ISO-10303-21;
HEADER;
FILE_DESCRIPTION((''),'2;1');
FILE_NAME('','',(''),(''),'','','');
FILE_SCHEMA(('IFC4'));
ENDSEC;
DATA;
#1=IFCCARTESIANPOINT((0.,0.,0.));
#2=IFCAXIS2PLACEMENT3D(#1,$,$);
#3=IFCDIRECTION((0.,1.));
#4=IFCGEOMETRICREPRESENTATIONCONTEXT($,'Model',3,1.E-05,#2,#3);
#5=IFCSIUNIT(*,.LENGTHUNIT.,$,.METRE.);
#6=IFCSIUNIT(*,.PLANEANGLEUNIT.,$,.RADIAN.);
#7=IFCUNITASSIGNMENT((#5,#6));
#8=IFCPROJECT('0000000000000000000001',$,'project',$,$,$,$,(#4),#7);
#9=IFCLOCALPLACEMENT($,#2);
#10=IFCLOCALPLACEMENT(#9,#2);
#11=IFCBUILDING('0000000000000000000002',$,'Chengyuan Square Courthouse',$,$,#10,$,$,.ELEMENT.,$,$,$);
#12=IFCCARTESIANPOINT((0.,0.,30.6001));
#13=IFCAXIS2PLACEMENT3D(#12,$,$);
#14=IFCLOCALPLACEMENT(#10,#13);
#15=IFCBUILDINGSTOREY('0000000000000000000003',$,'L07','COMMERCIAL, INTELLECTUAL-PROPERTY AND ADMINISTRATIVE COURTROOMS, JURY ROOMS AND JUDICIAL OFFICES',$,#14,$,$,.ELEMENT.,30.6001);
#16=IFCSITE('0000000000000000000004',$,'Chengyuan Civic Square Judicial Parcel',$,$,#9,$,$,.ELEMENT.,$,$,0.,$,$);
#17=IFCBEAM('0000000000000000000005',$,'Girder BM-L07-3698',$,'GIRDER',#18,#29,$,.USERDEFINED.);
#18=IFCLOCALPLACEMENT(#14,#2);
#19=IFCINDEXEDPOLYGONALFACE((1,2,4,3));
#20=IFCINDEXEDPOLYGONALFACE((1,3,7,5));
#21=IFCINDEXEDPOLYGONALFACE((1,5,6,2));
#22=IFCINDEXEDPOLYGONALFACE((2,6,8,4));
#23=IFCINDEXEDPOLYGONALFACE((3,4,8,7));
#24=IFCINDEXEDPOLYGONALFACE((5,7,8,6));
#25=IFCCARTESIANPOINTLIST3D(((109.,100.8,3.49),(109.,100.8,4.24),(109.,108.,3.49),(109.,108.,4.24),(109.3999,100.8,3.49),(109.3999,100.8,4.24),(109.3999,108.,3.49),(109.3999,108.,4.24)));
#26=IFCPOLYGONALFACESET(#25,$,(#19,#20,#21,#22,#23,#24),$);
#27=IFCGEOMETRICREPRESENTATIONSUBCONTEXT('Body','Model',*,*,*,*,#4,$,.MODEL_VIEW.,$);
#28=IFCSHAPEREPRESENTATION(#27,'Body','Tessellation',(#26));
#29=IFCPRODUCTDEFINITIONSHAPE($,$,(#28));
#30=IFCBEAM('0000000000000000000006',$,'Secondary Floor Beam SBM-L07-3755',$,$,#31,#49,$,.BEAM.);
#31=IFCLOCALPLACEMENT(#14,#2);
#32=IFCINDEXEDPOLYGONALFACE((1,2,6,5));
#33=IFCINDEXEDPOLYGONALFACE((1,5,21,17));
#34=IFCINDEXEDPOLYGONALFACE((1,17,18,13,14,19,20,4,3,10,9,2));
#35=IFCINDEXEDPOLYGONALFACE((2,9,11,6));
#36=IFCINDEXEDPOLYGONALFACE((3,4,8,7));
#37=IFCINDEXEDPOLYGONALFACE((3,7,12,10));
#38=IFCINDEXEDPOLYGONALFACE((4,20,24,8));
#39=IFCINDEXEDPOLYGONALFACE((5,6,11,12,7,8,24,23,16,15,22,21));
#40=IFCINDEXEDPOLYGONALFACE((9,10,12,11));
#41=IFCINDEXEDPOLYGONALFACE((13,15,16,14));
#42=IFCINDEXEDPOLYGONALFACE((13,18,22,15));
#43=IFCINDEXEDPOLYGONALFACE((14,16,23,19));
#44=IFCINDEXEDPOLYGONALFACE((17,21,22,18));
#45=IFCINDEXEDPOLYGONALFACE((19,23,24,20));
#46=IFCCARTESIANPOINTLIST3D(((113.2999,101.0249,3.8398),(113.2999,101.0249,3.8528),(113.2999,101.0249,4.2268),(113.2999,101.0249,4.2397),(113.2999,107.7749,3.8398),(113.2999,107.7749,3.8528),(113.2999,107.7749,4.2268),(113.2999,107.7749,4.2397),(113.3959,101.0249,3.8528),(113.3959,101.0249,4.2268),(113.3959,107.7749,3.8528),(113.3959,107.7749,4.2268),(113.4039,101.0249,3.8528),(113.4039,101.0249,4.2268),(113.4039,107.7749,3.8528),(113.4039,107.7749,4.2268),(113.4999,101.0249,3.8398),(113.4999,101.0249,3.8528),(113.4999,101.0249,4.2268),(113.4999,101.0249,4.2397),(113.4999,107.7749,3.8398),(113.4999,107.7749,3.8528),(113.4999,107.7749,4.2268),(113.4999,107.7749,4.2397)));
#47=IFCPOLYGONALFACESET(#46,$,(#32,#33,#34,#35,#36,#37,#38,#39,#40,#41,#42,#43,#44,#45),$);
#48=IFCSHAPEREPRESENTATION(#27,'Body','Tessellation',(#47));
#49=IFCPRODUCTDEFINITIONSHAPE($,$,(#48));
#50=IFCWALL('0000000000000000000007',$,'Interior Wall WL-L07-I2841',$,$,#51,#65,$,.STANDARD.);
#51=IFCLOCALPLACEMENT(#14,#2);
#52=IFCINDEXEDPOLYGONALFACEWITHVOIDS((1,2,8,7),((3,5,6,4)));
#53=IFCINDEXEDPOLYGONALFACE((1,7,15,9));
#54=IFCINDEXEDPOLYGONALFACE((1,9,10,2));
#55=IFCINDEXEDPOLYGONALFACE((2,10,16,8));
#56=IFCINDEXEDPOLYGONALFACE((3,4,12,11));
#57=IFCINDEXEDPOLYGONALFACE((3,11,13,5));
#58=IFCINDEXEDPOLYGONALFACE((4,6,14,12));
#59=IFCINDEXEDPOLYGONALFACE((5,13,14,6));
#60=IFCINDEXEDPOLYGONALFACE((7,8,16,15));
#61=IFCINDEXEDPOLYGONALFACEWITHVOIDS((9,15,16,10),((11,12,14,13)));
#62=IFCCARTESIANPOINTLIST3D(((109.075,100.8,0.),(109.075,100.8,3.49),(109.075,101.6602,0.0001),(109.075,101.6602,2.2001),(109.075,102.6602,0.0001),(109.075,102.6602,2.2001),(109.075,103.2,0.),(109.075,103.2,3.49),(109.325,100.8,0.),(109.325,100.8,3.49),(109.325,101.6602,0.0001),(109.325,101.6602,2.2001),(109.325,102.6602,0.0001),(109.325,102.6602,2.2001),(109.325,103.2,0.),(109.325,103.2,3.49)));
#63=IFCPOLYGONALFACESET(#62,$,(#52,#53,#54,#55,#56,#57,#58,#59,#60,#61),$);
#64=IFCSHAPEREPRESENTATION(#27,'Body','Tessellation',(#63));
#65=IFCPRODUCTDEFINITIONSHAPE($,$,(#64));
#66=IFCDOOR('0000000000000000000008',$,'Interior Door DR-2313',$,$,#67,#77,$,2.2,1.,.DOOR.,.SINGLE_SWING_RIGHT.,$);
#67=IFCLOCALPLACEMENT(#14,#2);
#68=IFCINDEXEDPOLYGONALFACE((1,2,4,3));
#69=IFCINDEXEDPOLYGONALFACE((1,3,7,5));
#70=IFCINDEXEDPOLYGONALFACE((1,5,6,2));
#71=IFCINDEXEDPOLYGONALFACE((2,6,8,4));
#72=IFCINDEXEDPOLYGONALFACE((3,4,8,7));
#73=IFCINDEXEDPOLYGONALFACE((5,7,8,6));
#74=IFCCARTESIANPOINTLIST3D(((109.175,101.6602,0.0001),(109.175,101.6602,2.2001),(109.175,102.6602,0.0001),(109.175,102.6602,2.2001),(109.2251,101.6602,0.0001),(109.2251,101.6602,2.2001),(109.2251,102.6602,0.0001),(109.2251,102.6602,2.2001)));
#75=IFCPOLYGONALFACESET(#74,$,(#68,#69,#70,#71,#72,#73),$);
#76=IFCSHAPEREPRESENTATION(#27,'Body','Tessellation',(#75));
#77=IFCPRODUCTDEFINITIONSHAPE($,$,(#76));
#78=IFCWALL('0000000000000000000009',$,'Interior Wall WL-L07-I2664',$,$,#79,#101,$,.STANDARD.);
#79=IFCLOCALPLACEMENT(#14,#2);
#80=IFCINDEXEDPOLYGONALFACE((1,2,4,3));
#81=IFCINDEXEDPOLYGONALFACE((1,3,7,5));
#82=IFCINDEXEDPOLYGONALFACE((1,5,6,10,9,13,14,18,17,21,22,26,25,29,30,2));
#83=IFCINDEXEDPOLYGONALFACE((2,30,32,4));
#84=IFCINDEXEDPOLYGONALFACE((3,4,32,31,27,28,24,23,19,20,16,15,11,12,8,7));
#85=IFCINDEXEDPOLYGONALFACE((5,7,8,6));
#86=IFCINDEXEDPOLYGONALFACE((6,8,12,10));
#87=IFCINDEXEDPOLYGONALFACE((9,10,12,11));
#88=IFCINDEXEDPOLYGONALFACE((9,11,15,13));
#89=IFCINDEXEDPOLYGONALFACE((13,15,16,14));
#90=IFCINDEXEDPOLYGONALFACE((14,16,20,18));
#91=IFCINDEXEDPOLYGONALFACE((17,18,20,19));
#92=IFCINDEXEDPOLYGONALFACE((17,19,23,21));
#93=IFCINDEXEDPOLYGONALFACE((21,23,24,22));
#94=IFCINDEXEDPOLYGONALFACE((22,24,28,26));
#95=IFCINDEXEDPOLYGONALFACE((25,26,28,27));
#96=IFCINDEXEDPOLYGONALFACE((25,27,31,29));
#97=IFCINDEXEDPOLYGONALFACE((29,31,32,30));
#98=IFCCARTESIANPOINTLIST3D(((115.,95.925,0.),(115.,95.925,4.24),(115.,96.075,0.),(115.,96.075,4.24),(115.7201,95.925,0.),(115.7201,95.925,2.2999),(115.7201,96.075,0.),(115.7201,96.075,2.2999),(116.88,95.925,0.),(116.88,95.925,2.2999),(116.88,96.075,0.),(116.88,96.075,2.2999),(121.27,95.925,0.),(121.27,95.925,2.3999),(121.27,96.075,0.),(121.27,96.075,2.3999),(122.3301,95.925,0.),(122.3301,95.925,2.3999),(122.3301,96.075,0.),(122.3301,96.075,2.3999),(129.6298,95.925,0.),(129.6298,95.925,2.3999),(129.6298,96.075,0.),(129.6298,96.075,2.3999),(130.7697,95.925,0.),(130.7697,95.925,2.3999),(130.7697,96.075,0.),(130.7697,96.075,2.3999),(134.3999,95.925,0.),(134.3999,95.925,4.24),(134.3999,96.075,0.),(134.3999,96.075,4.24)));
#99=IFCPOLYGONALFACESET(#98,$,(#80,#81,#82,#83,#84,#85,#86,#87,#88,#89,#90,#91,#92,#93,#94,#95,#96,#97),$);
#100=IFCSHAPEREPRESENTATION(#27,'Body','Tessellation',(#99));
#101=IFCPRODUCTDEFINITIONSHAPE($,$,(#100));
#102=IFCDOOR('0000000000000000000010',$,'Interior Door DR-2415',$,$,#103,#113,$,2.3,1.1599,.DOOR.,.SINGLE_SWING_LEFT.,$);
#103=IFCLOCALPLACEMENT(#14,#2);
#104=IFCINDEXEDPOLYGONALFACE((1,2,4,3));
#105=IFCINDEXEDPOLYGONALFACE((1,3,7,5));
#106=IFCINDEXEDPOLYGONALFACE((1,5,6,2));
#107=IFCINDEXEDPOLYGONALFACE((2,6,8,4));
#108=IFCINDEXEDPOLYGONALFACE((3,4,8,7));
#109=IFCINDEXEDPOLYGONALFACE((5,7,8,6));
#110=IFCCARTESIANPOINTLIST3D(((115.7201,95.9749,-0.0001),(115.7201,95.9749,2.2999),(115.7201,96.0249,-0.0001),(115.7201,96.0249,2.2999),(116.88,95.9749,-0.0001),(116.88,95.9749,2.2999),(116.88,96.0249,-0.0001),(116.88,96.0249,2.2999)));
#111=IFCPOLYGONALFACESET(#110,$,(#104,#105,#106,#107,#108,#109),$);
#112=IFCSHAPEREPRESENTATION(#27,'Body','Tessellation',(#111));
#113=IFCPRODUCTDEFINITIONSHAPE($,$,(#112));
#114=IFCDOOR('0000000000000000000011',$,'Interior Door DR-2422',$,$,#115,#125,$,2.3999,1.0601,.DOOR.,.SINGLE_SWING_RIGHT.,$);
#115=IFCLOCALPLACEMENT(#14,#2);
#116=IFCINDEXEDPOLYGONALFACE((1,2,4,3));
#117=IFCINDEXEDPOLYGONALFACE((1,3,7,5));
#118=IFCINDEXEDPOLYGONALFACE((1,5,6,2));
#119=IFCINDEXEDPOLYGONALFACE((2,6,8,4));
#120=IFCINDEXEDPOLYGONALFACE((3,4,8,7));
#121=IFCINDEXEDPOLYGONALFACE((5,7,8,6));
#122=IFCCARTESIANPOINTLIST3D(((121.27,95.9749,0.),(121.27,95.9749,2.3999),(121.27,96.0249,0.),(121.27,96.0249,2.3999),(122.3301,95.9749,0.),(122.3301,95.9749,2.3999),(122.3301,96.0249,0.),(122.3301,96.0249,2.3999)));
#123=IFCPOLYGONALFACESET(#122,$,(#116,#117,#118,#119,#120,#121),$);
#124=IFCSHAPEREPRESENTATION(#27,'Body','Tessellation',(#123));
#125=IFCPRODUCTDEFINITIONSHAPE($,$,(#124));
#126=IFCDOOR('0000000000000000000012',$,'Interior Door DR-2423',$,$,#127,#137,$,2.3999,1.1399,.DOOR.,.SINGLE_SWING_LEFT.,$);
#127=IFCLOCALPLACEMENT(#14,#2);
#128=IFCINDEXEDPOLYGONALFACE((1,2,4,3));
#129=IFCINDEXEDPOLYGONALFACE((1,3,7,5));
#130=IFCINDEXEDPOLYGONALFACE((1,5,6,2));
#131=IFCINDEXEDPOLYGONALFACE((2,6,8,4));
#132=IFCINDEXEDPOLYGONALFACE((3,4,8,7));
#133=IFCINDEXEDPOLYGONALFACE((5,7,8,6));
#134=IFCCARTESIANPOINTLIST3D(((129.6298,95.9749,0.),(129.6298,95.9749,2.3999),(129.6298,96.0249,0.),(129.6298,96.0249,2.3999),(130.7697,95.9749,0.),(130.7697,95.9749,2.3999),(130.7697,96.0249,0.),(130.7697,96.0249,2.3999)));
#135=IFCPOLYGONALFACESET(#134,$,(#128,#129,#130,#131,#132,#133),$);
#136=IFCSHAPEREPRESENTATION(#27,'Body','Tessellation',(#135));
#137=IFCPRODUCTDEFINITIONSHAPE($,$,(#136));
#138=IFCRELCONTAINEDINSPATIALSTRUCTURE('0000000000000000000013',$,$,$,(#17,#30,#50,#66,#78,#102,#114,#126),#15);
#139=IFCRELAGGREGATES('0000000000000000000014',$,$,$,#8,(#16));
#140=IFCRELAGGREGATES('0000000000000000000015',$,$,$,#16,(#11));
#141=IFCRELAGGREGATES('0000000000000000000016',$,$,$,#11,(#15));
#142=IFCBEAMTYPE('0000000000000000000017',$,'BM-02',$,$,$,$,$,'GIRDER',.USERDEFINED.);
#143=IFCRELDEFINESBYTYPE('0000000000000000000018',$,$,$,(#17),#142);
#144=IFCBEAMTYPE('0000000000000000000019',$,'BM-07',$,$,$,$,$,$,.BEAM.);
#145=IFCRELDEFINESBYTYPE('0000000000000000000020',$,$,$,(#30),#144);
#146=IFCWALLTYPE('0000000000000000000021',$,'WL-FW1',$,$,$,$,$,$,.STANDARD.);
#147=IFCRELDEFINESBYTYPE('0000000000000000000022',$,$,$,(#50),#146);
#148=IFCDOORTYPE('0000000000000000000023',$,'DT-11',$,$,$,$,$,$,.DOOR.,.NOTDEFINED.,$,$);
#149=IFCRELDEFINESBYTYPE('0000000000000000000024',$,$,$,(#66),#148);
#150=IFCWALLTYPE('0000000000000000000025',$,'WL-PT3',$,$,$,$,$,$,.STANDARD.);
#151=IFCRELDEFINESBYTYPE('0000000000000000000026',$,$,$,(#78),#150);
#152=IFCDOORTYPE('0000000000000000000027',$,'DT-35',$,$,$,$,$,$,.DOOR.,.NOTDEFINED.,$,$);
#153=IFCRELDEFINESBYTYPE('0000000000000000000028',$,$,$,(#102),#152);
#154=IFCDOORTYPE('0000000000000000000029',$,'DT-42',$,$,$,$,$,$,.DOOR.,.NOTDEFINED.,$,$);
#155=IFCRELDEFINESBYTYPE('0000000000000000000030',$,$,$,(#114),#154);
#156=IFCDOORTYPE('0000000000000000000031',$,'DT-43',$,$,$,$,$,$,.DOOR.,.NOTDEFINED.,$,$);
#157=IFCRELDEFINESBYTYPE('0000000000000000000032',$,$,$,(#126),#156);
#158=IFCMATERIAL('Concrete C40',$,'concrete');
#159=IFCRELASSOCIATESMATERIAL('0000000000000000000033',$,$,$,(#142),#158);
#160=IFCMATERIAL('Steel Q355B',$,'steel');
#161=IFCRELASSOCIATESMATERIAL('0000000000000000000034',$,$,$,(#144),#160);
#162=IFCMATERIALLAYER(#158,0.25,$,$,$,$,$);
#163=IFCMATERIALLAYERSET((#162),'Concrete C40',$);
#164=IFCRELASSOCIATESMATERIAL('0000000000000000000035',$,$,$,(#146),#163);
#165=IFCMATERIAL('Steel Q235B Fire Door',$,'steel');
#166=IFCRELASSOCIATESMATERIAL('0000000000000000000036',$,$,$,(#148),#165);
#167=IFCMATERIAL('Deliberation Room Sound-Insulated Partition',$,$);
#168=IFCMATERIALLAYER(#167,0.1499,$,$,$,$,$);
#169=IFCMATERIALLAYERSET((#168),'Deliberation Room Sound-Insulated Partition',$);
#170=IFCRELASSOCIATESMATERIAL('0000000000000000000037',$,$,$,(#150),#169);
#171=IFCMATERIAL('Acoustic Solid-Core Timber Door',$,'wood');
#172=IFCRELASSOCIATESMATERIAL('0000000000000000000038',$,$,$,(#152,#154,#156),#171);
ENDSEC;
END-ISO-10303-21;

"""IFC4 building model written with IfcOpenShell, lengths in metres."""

from ifc_helpers import new_model, si_unit, direction, frame, frame_2d, origin, origin_2d, place, context, subcontext, project, spatial, rectangle, i_section, extrude, material, layer, layer_set, material_profile, profile_set, type_object, element, fill, save


model = new_model("IFC4")

# Units and contexts
model_context = context("Model", 3, precision=1e-05, world=origin(), true_north=direction((0.0, 1.0)))
body_context = subcontext(model_context, "Body", "Model", "MODEL_VIEW")
ifc_project = project(units=[si_unit("LENGTHUNIT", "METRE"), si_unit("PLANEANGLEUNIT", "RADIAN")], contexts=[model_context])

# Site, building, storey
site_placement = place(None, origin())
site = spatial("IfcSite", under=ifc_project, at=site_placement, Name="Chengyuan Civic Square Judicial Parcel", CompositionType="ELEMENT", RefElevation=0.0)
building_placement = place(site_placement, origin())
building = spatial("IfcBuilding", under=site, at=building_placement, Name="Chengyuan Square Courthouse", CompositionType="ELEMENT")
storey_placement = place(building_placement, frame((0.0, 0.0, 30.6001)))
storey = spatial("IfcBuildingStorey", under=building, at=storey_placement, Name="L07", Description="COMMERCIAL, INTELLECTUAL-PROPERTY AND ADMINISTRATIVE COURTROOMS, JURY ROOMS AND JUDICIAL OFFICES", CompositionType="ELEMENT", Elevation=30.6001)

# Beams
ifc_material_1 = material(Name="Concrete C40", Category="concrete")
ifc_material_profile_1 = material_profile(ifc_material_1, rectangle(XDim=0.3999, YDim=0.75, at=origin_2d()), Name="RC-BM-400x750")
ifc_profile_set_1 = profile_set([ifc_material_profile_1], Name="Concrete C40")
beam_type_1 = type_object("IfcBeamType", Name="BM-02", ElementType="GIRDER", PredefinedType="USERDEFINED", material=ifc_profile_set_1)
beam_1_placement = place(storey_placement, frame((109.2, 100.8, 3.865), z_axis=(0.0, 1.0, 0.0), x_axis=(-1.0, 0.0, 0.0)))
element("IfcBeam", 1, at=beam_1_placement, inside=storey, type_object=beam_type_1, Name="Girder BM-L07-3698", ObjectType="GIRDER", PredefinedType="USERDEFINED", context=body_context, shape_type="SweptSolid", body=[
    extrude(rectangle(XDim=0.3999, YDim=0.75, at=origin_2d()), origin(), (0.0, 0.0, 1.0), 7.2),
])
ifc_material_2 = material(Name="Steel Q355B", Category="steel")
ifc_material_profile_2 = material_profile(ifc_material_2, i_section(OverallWidth=0.2, OverallDepth=0.3999, WebThickness=0.0081, FlangeThickness=0.0129, at=origin_2d()), Name="HN 400x200x8x13")
ifc_profile_set_2 = profile_set([ifc_material_profile_2], Name="Steel Q355B")
beam_type_2 = type_object("IfcBeamType", Name="BM-07", PredefinedType="BEAM", material=ifc_profile_set_2)
beam_2_placement = place(storey_placement, frame((113.3999, 101.0249, 4.0398), z_axis=(0.0, 1.0, 0.0), x_axis=(-1.0, 0.0, 0.0)))
element("IfcBeam", 2, at=beam_2_placement, inside=storey, type_object=beam_type_2, Name="Secondary Floor Beam SBM-L07-3755", PredefinedType="BEAM", context=body_context, shape_type="SweptSolid", body=[
    extrude(i_section(OverallWidth=0.2, OverallDepth=0.3999, WebThickness=0.0081, FlangeThickness=0.0129, at=origin_2d()), origin(), (0.0, 0.0, 1.0), 6.75),
])

# Shared definitions
ifc_layer_1 = layer(ifc_material_1, 0.25)
ifc_layer_set_1 = layer_set([ifc_layer_1], Name="Concrete C40")
wall_type_1 = type_object("IfcWallType", Name="WL-FW1", PredefinedType="STANDARD", material=ifc_layer_set_1)
ifc_material_3 = material(Name="Steel Q235B Fire Door", Category="steel")

# Wall, opening, door
wall_1_placement = place(storey_placement, frame((109.2, 100.8, 0.0), z_axis=(0.0, 0.0, 1.0), x_axis=(0.0, 1.0, 0.0)))
wall_1 = element("IfcWall", 3, at=wall_1_placement, inside=storey, type_object=wall_type_1, Name="Interior Wall WL-L07-I2841", PredefinedType="STANDARD", context=body_context, shape_type="SweptSolid", body=[
    extrude(rectangle(XDim=2.3999, YDim=0.25, at=frame_2d((1.2, 0.0))), origin(), (0.0, 0.0, 1.0), 3.49),
])
opening_1_placement = place(wall_1_placement, frame((0.8601, 0.0, 0.0)))
opening_1 = element("IfcOpeningElement", 4, at=opening_1_placement, cuts=wall_1, PredefinedType="OPENING", context=body_context, shape_type="SweptSolid", body=[
    extrude(rectangle(XDim=1.0, YDim=2.2, at=frame_2d((0.5, 1.1001))), frame((0.0, 0.137, 0.0), z_axis=(0.0, -1.0, 0.0), x_axis=(1.0, 0.0, 0.0)), (0.0, 0.0, 1.0), 0.2739),
])
door_type_1 = type_object("IfcDoorType", Name="DT-11", OperationType="NOTDEFINED", PredefinedType="DOOR", material=ifc_material_3)
door_1_placement = place(opening_1_placement, origin())
door_1 = element("IfcDoor", 5, at=door_1_placement, inside=storey, type_object=door_type_1, Name="Interior Door DR-2313", OperationType="SINGLE_SWING_RIGHT", OverallHeight=2.2, OverallWidth=1.0, PredefinedType="DOOR", context=body_context, shape_type="SweptSolid", body=[
    extrude(rectangle(XDim=1.0, YDim=2.2, at=frame_2d((0.5, 1.1001))), frame((0.0, 0.0249, 0.0), z_axis=(0.0, -1.0, 0.0), x_axis=(1.0, 0.0, 0.0)), (0.0, 0.0, 1.0), 0.05),
])
fill(opening_1, door_1)

# Wall, openings, doors
ifc_material_4 = material(Name="Deliberation Room Sound-Insulated Partition")
ifc_layer_2 = layer(ifc_material_4, 0.1499)
ifc_layer_set_2 = layer_set([ifc_layer_2], Name="Deliberation Room Sound-Insulated Partition")
wall_type_2 = type_object("IfcWallType", Name="WL-PT3", PredefinedType="STANDARD", material=ifc_layer_set_2)
wall_2_placement = place(storey_placement, frame((115.0, 96.0, 0.0), z_axis=(0.0, 0.0, 1.0), x_axis=(1.0, 0.0, 0.0)))
wall_2 = element("IfcWall", 6, at=wall_2_placement, inside=storey, type_object=wall_type_2, Name="Interior Wall WL-L07-I2664", PredefinedType="STANDARD", context=body_context, shape_type="SweptSolid", body=[
    extrude(rectangle(XDim=19.3999, YDim=0.1499, at=frame_2d((9.7, 0.0))), origin(), (0.0, 0.0, 1.0), 4.24),
])
opening_2_placement = place(wall_2_placement, frame((0.72, 0.0, 0.0)))
opening_2 = element("IfcOpeningElement", 7, at=opening_2_placement, cuts=wall_2, PredefinedType="OPENING", context=body_context, shape_type="SweptSolid", body=[
    extrude(rectangle(XDim=1.1599, YDim=2.3, at=frame_2d((0.5801, 1.1499))), frame((0.0, 0.0869, 0.0), z_axis=(0.0, -1.0, 0.0), x_axis=(1.0, 0.0, 0.0)), (0.0, 0.0, 1.0), 0.1738),
])
opening_3_placement = place(wall_2_placement, frame((6.27, 0.0, 0.0)))
opening_3 = element("IfcOpeningElement", 8, at=opening_3_placement, cuts=wall_2, PredefinedType="OPENING", context=body_context, shape_type="SweptSolid", body=[
    extrude(rectangle(XDim=1.0601, YDim=2.3999, at=frame_2d((0.53, 1.2))), frame((0.0, 0.0869, 0.0), z_axis=(0.0, -1.0, 0.0), x_axis=(1.0, 0.0, 0.0)), (0.0, 0.0, 1.0), 0.1738),
])
opening_4_placement = place(wall_2_placement, frame((14.6299, 0.0, 0.0)))
opening_4 = element("IfcOpeningElement", 9, at=opening_4_placement, cuts=wall_2, PredefinedType="OPENING", context=body_context, shape_type="SweptSolid", body=[
    extrude(rectangle(XDim=1.1399, YDim=2.3999, at=frame_2d((0.5698, 1.2))), frame((0.0, 0.0869, 0.0), z_axis=(0.0, -1.0, 0.0), x_axis=(1.0, 0.0, 0.0)), (0.0, 0.0, 1.0), 0.1738),
])
ifc_material_5 = material(Name="Acoustic Solid-Core Timber Door", Category="wood")
door_type_2 = type_object("IfcDoorType", Name="DT-35", OperationType="NOTDEFINED", PredefinedType="DOOR", material=ifc_material_5)
door_2_placement = place(opening_2_placement, origin())
door_2 = element("IfcDoor", 10, at=door_2_placement, inside=storey, type_object=door_type_2, Name="Interior Door DR-2415", OperationType="SINGLE_SWING_LEFT", OverallHeight=2.3, OverallWidth=1.1599, PredefinedType="DOOR", context=body_context, shape_type="SweptSolid", body=[
    extrude(rectangle(XDim=1.1599, YDim=2.3, at=frame_2d((0.5801, 1.1499))), frame((0.0, 0.0249, 0.0), z_axis=(0.0, -1.0, 0.0), x_axis=(1.0, 0.0, 0.0)), (0.0, 0.0, 1.0), 0.05),
])
fill(opening_2, door_2)
door_type_3 = type_object("IfcDoorType", Name="DT-42", OperationType="NOTDEFINED", PredefinedType="DOOR", material=ifc_material_5)
door_3_placement = place(opening_3_placement, origin())
door_3 = element("IfcDoor", 11, at=door_3_placement, inside=storey, type_object=door_type_3, Name="Interior Door DR-2422", OperationType="SINGLE_SWING_RIGHT", OverallHeight=2.3999, OverallWidth=1.0601, PredefinedType="DOOR", context=body_context, shape_type="SweptSolid", body=[
    extrude(rectangle(XDim=1.0601, YDim=2.3999, at=frame_2d((0.53, 1.2))), frame((0.0, 0.0249, 0.0), z_axis=(0.0, -1.0, 0.0), x_axis=(1.0, 0.0, 0.0)), (0.0, 0.0, 1.0), 0.05),
])
fill(opening_3, door_3)
door_type_4 = type_object("IfcDoorType", Name="DT-43", OperationType="NOTDEFINED", PredefinedType="DOOR", material=ifc_material_5)
door_4_placement = place(opening_4_placement, origin())
door_4 = element("IfcDoor", 12, at=door_4_placement, inside=storey, type_object=door_type_4, Name="Interior Door DR-2423", OperationType="SINGLE_SWING_LEFT", OverallHeight=2.3999, OverallWidth=1.1399, PredefinedType="DOOR", context=body_context, shape_type="SweptSolid", body=[
    extrude(rectangle(XDim=1.1399, YDim=2.3999, at=frame_2d((0.5698, 1.2))), frame((0.0, 0.0249, 0.0), z_axis=(0.0, -1.0, 0.0), x_axis=(1.0, 0.0, 0.0)), (0.0, 0.0, 1.0), 0.05),
])
fill(opening_4, door_4)

save(model, "model.ifc")
